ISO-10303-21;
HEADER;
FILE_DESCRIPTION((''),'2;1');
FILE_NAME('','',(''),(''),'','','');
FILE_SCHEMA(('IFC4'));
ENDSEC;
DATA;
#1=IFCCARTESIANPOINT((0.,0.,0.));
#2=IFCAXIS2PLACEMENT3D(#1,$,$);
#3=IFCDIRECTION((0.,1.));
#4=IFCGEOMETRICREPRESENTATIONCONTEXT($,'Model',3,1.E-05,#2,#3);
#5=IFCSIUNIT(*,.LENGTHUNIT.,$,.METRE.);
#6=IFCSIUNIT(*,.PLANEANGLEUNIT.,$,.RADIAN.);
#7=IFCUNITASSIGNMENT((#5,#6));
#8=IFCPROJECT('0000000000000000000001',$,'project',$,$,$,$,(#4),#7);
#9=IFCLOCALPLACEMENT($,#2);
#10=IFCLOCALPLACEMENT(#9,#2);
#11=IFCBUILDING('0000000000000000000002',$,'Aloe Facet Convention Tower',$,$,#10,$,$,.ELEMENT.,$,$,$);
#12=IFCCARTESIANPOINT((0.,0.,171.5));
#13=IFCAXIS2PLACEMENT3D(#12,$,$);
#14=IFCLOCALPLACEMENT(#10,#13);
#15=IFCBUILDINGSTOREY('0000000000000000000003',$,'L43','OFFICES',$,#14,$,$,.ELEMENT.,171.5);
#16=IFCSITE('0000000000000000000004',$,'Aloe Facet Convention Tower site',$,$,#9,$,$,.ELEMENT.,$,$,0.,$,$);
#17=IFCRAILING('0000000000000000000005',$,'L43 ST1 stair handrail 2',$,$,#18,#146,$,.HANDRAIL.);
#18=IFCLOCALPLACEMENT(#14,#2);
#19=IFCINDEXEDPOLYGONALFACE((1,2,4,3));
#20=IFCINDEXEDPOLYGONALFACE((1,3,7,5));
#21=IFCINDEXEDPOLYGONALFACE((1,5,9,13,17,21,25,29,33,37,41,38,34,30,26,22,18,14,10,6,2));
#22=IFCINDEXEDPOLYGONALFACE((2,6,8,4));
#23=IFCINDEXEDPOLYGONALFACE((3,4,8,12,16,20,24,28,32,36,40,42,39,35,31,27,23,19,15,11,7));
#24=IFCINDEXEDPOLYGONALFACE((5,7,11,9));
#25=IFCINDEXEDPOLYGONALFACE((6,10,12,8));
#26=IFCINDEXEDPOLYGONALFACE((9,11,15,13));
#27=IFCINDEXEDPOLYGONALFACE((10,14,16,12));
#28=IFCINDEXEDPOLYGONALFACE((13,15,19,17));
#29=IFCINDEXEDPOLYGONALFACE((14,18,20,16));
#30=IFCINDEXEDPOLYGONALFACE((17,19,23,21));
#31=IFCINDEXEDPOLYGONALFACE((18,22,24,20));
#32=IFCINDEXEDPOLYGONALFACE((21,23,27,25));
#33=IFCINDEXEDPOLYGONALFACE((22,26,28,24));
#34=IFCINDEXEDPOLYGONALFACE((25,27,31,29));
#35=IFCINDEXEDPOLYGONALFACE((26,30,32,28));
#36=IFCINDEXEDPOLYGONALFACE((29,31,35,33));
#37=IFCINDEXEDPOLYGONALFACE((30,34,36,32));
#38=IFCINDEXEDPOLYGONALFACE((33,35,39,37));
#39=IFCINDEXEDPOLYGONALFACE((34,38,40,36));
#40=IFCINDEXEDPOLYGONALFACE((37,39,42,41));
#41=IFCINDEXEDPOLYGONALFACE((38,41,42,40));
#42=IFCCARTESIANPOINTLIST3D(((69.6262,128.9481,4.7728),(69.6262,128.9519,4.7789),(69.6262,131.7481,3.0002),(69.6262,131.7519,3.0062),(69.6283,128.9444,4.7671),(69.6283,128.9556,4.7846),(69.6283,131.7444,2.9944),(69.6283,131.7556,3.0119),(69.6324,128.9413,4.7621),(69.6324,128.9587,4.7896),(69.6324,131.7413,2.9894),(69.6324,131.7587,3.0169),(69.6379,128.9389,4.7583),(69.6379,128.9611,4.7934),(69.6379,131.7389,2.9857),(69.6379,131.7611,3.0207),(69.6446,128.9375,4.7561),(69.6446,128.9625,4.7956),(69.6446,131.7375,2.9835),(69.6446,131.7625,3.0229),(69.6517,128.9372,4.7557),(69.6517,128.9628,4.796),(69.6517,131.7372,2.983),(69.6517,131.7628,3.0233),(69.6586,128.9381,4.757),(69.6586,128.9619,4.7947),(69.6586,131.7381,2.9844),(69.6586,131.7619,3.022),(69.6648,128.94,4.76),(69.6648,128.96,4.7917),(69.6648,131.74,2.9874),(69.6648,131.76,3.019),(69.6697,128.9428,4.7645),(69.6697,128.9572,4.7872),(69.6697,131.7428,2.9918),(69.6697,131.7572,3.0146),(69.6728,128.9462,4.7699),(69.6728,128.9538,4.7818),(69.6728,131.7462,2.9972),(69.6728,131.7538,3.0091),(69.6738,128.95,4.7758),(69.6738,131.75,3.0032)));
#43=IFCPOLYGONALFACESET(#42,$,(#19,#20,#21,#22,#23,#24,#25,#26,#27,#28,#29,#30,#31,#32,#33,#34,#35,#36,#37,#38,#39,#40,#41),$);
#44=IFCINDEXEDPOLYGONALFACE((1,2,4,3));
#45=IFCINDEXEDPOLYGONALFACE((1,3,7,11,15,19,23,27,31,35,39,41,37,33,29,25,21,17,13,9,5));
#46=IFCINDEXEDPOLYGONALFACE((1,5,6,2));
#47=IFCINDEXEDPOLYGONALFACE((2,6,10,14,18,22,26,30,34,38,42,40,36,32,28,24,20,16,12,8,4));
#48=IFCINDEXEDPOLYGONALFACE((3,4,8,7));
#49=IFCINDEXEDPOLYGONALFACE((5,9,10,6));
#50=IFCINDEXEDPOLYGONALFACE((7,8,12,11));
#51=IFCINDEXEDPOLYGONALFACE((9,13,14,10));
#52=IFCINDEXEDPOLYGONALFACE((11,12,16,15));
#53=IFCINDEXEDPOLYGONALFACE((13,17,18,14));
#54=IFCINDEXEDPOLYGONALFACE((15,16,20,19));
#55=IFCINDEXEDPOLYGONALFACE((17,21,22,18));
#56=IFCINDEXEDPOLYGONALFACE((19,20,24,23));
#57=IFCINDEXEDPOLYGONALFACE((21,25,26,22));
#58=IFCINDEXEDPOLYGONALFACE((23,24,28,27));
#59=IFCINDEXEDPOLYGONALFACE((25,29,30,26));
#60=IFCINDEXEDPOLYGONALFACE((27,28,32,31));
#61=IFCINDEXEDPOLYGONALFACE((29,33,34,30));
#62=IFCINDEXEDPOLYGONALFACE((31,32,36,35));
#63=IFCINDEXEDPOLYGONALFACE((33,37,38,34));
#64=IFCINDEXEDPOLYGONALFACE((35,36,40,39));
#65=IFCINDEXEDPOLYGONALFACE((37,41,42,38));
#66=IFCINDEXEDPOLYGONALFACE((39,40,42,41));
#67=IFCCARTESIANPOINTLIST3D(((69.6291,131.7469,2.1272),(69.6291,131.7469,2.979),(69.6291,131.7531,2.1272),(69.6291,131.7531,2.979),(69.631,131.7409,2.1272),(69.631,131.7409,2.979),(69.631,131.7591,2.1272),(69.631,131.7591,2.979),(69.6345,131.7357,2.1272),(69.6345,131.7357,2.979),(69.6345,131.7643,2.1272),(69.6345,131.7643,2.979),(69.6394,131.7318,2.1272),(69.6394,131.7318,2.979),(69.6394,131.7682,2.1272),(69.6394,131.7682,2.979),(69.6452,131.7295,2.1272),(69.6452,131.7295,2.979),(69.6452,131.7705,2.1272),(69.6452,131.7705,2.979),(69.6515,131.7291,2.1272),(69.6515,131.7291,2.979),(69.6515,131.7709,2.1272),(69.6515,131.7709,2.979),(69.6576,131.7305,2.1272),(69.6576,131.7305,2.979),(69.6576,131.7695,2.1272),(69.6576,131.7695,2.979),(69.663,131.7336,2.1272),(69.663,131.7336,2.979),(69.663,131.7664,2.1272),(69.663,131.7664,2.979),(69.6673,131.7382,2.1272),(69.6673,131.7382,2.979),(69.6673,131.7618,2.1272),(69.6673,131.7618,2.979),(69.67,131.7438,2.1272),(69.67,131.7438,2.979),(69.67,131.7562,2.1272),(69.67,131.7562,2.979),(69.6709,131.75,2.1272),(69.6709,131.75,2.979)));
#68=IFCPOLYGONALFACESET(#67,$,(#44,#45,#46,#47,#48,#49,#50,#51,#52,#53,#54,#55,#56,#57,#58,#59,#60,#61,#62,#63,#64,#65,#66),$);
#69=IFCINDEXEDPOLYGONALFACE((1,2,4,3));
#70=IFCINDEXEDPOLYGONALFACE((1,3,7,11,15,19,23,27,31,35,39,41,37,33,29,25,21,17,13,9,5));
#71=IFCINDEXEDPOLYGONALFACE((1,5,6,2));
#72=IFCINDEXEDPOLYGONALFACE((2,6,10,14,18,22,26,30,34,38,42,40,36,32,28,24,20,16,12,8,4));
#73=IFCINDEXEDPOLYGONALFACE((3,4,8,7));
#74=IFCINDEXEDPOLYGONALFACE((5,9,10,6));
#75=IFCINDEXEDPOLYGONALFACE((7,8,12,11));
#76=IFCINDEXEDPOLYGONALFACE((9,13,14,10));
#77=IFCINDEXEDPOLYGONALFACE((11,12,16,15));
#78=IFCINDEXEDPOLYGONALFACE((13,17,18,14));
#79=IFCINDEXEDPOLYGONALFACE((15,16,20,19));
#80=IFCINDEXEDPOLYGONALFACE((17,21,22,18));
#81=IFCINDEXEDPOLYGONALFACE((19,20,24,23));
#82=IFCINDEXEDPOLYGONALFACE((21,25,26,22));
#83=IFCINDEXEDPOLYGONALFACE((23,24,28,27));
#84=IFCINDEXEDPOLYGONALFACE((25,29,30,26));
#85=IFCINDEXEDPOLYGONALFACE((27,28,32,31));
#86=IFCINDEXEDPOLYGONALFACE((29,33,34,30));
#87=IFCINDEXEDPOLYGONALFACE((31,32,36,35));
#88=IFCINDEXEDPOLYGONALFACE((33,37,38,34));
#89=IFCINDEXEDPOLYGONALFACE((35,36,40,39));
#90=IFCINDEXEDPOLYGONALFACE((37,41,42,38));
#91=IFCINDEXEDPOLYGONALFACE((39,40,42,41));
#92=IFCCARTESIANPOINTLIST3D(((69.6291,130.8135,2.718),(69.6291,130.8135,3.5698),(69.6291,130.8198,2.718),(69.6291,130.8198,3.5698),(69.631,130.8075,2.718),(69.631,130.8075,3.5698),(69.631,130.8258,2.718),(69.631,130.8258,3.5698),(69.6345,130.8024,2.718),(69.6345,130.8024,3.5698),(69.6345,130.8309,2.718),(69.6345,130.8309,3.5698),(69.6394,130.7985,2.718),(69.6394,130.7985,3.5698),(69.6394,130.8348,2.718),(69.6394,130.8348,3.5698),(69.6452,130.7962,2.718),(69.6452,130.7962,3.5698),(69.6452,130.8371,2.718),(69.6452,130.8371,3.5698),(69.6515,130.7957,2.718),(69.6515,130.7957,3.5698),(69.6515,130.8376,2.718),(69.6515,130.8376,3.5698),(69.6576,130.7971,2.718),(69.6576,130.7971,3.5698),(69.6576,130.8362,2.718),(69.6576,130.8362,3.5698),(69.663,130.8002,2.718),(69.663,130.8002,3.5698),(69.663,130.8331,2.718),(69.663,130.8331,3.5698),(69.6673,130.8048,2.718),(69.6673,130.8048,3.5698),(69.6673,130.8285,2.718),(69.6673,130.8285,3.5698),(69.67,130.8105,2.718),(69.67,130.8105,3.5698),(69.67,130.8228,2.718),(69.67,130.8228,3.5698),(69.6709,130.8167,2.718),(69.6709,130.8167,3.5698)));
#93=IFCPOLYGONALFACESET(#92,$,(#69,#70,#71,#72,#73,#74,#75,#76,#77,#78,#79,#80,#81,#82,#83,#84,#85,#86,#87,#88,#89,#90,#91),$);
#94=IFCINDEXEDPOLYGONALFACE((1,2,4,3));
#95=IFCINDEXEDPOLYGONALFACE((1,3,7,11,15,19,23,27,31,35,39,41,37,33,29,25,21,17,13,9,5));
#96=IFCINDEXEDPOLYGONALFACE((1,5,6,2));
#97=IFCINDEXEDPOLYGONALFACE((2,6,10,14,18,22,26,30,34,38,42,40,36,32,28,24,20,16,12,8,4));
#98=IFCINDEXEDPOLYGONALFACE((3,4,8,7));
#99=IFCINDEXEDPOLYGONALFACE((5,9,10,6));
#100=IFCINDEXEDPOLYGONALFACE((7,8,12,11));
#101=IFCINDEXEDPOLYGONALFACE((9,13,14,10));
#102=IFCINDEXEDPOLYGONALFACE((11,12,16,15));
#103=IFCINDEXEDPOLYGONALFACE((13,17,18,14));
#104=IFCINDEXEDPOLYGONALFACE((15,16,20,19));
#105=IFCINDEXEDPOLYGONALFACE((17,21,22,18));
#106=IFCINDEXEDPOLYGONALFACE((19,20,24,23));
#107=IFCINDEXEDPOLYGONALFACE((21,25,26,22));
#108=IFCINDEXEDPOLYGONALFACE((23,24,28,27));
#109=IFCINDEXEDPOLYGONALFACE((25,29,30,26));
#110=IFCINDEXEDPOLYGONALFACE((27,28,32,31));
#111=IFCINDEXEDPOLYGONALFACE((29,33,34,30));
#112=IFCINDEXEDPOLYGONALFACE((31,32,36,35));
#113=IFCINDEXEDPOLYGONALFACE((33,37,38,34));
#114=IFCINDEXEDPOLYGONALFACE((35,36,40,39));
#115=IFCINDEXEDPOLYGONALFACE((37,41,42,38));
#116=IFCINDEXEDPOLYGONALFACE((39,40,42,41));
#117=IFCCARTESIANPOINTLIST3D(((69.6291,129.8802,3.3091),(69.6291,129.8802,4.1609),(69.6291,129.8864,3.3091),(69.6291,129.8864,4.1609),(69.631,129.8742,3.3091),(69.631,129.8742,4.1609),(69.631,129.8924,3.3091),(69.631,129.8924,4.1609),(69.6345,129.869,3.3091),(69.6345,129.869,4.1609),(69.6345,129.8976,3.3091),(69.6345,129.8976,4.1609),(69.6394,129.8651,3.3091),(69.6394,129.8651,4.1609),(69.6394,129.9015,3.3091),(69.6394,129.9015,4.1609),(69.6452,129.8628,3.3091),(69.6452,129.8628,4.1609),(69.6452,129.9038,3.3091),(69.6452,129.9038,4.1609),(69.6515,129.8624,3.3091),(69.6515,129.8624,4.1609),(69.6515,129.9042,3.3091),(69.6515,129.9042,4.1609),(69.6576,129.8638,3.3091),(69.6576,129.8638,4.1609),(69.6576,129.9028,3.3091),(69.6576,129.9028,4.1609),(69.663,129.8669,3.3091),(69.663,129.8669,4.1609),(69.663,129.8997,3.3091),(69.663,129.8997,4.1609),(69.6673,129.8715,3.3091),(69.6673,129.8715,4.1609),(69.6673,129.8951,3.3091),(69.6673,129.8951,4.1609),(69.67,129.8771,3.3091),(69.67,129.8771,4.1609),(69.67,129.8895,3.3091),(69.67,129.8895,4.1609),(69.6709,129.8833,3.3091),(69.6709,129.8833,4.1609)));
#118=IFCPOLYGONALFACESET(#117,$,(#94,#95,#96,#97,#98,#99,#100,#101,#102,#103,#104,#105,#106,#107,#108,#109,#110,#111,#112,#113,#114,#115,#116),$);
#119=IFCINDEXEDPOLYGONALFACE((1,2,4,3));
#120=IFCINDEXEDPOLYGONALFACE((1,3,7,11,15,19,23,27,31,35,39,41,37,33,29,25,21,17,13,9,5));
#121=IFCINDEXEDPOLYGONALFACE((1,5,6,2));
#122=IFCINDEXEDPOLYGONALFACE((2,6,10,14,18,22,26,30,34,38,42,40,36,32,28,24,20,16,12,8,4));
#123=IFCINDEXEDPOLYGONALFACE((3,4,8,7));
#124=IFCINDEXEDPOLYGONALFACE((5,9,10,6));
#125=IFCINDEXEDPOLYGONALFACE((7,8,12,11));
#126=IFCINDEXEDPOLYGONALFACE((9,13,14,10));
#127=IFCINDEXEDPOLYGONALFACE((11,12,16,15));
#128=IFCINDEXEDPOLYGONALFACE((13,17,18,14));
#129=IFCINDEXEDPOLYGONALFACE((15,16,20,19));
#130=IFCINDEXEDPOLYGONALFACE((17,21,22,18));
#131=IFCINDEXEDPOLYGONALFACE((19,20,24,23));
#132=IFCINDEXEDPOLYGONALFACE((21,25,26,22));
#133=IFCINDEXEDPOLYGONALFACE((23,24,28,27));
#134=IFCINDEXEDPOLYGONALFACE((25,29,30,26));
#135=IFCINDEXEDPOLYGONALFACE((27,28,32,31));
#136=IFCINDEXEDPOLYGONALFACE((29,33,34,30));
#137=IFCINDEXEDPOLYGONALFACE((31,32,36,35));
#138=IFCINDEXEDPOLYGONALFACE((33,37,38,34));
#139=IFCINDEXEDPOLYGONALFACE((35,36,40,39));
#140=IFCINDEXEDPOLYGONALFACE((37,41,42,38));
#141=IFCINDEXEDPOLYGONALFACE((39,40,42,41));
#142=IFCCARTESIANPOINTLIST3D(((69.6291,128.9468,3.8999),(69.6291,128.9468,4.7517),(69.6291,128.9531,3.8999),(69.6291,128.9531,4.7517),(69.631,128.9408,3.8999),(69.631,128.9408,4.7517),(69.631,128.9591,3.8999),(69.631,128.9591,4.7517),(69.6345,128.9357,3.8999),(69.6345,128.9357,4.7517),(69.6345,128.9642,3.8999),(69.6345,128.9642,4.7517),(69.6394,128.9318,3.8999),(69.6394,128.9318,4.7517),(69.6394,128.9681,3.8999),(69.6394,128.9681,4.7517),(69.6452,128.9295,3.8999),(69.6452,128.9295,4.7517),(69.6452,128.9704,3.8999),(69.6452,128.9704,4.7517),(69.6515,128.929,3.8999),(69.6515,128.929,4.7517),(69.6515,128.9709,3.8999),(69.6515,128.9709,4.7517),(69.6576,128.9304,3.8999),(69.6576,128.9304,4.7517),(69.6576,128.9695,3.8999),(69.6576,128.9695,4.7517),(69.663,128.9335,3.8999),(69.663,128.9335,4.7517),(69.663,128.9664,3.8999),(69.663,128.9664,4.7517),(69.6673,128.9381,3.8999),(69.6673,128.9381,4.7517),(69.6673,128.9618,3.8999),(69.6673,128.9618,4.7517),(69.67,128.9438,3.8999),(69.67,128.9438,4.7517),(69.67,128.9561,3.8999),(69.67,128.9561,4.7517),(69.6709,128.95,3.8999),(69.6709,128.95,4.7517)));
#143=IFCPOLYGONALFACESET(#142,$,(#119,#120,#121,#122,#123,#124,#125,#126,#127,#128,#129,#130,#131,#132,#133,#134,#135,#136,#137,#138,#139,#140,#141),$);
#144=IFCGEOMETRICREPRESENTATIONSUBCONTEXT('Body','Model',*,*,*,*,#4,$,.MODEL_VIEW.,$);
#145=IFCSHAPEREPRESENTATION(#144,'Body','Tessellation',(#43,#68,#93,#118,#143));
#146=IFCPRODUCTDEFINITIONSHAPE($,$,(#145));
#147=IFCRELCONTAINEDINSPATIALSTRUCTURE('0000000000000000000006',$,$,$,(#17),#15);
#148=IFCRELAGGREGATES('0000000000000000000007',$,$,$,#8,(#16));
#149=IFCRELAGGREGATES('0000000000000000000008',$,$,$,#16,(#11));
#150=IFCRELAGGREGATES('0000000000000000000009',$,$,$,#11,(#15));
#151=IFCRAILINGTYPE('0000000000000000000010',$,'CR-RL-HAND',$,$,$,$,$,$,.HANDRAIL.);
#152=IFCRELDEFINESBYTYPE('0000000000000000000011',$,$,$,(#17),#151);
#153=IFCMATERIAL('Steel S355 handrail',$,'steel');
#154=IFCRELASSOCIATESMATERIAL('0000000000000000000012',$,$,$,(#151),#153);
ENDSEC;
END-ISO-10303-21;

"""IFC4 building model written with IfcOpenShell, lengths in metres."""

from ifc_helpers import new_model, si_unit, direction, frame, origin, origin_2d, place, context, subcontext, project, spatial, circle, extrude, material, type_object, element, save


model = new_model("IFC4")

# Units and contexts
model_context = context("Model", 3, precision=1e-05, world=origin(), true_north=direction((0.0, 1.0)))
body_context = subcontext(model_context, "Body", "Model", "MODEL_VIEW")
ifc_project = project(units=[si_unit("LENGTHUNIT", "METRE"), si_unit("PLANEANGLEUNIT", "RADIAN")], contexts=[model_context])

# Site, building, storey
site_placement = place(None, origin())
site = spatial("IfcSite", under=ifc_project, at=site_placement, Name="Aloe Facet Convention Tower site", CompositionType="ELEMENT", RefElevation=0.0)
building_placement = place(site_placement, origin())
building = spatial("IfcBuilding", under=site, at=building_placement, Name="Aloe Facet Convention Tower", CompositionType="ELEMENT")
storey_placement = place(building_placement, frame((0.0, 0.0, 171.5)))
storey = spatial("IfcBuildingStorey", under=building, at=storey_placement, Name="L43", Description="OFFICES", CompositionType="ELEMENT", Elevation=171.5)

# Railing
ifc_material_1 = material(Name="Steel S355 handrail", Category="steel")
railing_type_1 = type_object("IfcRailingType", Name="CR-RL-HAND", PredefinedType="HANDRAIL", material=ifc_material_1)
railing_1_placement = place(storey_placement, frame((69.6499, 131.75, 2.1272)))
element("IfcRailing", 1, at=railing_1_placement, inside=storey, type_object=railing_type_1, Name="L43 ST1 stair handrail 2", PredefinedType="HANDRAIL", context=body_context, shape_type="SweptSolid", body=[
    extrude(circle(Radius=0.0239, at=origin_2d()), frame((0.0, 0.0, 0.876), z_axis=(0.0, -0.844909, 0.53491), x_axis=(1.0, 0.0, 0.0)), (0.0, 0.0, 1.0), 3.314),
    extrude(circle(Radius=0.021, at=origin_2d()), origin(), (0.0, 0.0, 1.0), 0.8518),
    extrude(circle(Radius=0.021, at=origin_2d()), frame((0.0, -0.9333, 0.5908)), (0.0, 0.0, 1.0), 0.8518),
    extrude(circle(Radius=0.021, at=origin_2d()), frame((0.0, -1.8667, 1.1819)), (0.0, 0.0, 1.0), 0.8518),
    extrude(circle(Radius=0.021, at=origin_2d()), frame((0.0, -2.8, 1.7727)), (0.0, 0.0, 1.0), 0.8518),
])

save(model, "model.ifc")
